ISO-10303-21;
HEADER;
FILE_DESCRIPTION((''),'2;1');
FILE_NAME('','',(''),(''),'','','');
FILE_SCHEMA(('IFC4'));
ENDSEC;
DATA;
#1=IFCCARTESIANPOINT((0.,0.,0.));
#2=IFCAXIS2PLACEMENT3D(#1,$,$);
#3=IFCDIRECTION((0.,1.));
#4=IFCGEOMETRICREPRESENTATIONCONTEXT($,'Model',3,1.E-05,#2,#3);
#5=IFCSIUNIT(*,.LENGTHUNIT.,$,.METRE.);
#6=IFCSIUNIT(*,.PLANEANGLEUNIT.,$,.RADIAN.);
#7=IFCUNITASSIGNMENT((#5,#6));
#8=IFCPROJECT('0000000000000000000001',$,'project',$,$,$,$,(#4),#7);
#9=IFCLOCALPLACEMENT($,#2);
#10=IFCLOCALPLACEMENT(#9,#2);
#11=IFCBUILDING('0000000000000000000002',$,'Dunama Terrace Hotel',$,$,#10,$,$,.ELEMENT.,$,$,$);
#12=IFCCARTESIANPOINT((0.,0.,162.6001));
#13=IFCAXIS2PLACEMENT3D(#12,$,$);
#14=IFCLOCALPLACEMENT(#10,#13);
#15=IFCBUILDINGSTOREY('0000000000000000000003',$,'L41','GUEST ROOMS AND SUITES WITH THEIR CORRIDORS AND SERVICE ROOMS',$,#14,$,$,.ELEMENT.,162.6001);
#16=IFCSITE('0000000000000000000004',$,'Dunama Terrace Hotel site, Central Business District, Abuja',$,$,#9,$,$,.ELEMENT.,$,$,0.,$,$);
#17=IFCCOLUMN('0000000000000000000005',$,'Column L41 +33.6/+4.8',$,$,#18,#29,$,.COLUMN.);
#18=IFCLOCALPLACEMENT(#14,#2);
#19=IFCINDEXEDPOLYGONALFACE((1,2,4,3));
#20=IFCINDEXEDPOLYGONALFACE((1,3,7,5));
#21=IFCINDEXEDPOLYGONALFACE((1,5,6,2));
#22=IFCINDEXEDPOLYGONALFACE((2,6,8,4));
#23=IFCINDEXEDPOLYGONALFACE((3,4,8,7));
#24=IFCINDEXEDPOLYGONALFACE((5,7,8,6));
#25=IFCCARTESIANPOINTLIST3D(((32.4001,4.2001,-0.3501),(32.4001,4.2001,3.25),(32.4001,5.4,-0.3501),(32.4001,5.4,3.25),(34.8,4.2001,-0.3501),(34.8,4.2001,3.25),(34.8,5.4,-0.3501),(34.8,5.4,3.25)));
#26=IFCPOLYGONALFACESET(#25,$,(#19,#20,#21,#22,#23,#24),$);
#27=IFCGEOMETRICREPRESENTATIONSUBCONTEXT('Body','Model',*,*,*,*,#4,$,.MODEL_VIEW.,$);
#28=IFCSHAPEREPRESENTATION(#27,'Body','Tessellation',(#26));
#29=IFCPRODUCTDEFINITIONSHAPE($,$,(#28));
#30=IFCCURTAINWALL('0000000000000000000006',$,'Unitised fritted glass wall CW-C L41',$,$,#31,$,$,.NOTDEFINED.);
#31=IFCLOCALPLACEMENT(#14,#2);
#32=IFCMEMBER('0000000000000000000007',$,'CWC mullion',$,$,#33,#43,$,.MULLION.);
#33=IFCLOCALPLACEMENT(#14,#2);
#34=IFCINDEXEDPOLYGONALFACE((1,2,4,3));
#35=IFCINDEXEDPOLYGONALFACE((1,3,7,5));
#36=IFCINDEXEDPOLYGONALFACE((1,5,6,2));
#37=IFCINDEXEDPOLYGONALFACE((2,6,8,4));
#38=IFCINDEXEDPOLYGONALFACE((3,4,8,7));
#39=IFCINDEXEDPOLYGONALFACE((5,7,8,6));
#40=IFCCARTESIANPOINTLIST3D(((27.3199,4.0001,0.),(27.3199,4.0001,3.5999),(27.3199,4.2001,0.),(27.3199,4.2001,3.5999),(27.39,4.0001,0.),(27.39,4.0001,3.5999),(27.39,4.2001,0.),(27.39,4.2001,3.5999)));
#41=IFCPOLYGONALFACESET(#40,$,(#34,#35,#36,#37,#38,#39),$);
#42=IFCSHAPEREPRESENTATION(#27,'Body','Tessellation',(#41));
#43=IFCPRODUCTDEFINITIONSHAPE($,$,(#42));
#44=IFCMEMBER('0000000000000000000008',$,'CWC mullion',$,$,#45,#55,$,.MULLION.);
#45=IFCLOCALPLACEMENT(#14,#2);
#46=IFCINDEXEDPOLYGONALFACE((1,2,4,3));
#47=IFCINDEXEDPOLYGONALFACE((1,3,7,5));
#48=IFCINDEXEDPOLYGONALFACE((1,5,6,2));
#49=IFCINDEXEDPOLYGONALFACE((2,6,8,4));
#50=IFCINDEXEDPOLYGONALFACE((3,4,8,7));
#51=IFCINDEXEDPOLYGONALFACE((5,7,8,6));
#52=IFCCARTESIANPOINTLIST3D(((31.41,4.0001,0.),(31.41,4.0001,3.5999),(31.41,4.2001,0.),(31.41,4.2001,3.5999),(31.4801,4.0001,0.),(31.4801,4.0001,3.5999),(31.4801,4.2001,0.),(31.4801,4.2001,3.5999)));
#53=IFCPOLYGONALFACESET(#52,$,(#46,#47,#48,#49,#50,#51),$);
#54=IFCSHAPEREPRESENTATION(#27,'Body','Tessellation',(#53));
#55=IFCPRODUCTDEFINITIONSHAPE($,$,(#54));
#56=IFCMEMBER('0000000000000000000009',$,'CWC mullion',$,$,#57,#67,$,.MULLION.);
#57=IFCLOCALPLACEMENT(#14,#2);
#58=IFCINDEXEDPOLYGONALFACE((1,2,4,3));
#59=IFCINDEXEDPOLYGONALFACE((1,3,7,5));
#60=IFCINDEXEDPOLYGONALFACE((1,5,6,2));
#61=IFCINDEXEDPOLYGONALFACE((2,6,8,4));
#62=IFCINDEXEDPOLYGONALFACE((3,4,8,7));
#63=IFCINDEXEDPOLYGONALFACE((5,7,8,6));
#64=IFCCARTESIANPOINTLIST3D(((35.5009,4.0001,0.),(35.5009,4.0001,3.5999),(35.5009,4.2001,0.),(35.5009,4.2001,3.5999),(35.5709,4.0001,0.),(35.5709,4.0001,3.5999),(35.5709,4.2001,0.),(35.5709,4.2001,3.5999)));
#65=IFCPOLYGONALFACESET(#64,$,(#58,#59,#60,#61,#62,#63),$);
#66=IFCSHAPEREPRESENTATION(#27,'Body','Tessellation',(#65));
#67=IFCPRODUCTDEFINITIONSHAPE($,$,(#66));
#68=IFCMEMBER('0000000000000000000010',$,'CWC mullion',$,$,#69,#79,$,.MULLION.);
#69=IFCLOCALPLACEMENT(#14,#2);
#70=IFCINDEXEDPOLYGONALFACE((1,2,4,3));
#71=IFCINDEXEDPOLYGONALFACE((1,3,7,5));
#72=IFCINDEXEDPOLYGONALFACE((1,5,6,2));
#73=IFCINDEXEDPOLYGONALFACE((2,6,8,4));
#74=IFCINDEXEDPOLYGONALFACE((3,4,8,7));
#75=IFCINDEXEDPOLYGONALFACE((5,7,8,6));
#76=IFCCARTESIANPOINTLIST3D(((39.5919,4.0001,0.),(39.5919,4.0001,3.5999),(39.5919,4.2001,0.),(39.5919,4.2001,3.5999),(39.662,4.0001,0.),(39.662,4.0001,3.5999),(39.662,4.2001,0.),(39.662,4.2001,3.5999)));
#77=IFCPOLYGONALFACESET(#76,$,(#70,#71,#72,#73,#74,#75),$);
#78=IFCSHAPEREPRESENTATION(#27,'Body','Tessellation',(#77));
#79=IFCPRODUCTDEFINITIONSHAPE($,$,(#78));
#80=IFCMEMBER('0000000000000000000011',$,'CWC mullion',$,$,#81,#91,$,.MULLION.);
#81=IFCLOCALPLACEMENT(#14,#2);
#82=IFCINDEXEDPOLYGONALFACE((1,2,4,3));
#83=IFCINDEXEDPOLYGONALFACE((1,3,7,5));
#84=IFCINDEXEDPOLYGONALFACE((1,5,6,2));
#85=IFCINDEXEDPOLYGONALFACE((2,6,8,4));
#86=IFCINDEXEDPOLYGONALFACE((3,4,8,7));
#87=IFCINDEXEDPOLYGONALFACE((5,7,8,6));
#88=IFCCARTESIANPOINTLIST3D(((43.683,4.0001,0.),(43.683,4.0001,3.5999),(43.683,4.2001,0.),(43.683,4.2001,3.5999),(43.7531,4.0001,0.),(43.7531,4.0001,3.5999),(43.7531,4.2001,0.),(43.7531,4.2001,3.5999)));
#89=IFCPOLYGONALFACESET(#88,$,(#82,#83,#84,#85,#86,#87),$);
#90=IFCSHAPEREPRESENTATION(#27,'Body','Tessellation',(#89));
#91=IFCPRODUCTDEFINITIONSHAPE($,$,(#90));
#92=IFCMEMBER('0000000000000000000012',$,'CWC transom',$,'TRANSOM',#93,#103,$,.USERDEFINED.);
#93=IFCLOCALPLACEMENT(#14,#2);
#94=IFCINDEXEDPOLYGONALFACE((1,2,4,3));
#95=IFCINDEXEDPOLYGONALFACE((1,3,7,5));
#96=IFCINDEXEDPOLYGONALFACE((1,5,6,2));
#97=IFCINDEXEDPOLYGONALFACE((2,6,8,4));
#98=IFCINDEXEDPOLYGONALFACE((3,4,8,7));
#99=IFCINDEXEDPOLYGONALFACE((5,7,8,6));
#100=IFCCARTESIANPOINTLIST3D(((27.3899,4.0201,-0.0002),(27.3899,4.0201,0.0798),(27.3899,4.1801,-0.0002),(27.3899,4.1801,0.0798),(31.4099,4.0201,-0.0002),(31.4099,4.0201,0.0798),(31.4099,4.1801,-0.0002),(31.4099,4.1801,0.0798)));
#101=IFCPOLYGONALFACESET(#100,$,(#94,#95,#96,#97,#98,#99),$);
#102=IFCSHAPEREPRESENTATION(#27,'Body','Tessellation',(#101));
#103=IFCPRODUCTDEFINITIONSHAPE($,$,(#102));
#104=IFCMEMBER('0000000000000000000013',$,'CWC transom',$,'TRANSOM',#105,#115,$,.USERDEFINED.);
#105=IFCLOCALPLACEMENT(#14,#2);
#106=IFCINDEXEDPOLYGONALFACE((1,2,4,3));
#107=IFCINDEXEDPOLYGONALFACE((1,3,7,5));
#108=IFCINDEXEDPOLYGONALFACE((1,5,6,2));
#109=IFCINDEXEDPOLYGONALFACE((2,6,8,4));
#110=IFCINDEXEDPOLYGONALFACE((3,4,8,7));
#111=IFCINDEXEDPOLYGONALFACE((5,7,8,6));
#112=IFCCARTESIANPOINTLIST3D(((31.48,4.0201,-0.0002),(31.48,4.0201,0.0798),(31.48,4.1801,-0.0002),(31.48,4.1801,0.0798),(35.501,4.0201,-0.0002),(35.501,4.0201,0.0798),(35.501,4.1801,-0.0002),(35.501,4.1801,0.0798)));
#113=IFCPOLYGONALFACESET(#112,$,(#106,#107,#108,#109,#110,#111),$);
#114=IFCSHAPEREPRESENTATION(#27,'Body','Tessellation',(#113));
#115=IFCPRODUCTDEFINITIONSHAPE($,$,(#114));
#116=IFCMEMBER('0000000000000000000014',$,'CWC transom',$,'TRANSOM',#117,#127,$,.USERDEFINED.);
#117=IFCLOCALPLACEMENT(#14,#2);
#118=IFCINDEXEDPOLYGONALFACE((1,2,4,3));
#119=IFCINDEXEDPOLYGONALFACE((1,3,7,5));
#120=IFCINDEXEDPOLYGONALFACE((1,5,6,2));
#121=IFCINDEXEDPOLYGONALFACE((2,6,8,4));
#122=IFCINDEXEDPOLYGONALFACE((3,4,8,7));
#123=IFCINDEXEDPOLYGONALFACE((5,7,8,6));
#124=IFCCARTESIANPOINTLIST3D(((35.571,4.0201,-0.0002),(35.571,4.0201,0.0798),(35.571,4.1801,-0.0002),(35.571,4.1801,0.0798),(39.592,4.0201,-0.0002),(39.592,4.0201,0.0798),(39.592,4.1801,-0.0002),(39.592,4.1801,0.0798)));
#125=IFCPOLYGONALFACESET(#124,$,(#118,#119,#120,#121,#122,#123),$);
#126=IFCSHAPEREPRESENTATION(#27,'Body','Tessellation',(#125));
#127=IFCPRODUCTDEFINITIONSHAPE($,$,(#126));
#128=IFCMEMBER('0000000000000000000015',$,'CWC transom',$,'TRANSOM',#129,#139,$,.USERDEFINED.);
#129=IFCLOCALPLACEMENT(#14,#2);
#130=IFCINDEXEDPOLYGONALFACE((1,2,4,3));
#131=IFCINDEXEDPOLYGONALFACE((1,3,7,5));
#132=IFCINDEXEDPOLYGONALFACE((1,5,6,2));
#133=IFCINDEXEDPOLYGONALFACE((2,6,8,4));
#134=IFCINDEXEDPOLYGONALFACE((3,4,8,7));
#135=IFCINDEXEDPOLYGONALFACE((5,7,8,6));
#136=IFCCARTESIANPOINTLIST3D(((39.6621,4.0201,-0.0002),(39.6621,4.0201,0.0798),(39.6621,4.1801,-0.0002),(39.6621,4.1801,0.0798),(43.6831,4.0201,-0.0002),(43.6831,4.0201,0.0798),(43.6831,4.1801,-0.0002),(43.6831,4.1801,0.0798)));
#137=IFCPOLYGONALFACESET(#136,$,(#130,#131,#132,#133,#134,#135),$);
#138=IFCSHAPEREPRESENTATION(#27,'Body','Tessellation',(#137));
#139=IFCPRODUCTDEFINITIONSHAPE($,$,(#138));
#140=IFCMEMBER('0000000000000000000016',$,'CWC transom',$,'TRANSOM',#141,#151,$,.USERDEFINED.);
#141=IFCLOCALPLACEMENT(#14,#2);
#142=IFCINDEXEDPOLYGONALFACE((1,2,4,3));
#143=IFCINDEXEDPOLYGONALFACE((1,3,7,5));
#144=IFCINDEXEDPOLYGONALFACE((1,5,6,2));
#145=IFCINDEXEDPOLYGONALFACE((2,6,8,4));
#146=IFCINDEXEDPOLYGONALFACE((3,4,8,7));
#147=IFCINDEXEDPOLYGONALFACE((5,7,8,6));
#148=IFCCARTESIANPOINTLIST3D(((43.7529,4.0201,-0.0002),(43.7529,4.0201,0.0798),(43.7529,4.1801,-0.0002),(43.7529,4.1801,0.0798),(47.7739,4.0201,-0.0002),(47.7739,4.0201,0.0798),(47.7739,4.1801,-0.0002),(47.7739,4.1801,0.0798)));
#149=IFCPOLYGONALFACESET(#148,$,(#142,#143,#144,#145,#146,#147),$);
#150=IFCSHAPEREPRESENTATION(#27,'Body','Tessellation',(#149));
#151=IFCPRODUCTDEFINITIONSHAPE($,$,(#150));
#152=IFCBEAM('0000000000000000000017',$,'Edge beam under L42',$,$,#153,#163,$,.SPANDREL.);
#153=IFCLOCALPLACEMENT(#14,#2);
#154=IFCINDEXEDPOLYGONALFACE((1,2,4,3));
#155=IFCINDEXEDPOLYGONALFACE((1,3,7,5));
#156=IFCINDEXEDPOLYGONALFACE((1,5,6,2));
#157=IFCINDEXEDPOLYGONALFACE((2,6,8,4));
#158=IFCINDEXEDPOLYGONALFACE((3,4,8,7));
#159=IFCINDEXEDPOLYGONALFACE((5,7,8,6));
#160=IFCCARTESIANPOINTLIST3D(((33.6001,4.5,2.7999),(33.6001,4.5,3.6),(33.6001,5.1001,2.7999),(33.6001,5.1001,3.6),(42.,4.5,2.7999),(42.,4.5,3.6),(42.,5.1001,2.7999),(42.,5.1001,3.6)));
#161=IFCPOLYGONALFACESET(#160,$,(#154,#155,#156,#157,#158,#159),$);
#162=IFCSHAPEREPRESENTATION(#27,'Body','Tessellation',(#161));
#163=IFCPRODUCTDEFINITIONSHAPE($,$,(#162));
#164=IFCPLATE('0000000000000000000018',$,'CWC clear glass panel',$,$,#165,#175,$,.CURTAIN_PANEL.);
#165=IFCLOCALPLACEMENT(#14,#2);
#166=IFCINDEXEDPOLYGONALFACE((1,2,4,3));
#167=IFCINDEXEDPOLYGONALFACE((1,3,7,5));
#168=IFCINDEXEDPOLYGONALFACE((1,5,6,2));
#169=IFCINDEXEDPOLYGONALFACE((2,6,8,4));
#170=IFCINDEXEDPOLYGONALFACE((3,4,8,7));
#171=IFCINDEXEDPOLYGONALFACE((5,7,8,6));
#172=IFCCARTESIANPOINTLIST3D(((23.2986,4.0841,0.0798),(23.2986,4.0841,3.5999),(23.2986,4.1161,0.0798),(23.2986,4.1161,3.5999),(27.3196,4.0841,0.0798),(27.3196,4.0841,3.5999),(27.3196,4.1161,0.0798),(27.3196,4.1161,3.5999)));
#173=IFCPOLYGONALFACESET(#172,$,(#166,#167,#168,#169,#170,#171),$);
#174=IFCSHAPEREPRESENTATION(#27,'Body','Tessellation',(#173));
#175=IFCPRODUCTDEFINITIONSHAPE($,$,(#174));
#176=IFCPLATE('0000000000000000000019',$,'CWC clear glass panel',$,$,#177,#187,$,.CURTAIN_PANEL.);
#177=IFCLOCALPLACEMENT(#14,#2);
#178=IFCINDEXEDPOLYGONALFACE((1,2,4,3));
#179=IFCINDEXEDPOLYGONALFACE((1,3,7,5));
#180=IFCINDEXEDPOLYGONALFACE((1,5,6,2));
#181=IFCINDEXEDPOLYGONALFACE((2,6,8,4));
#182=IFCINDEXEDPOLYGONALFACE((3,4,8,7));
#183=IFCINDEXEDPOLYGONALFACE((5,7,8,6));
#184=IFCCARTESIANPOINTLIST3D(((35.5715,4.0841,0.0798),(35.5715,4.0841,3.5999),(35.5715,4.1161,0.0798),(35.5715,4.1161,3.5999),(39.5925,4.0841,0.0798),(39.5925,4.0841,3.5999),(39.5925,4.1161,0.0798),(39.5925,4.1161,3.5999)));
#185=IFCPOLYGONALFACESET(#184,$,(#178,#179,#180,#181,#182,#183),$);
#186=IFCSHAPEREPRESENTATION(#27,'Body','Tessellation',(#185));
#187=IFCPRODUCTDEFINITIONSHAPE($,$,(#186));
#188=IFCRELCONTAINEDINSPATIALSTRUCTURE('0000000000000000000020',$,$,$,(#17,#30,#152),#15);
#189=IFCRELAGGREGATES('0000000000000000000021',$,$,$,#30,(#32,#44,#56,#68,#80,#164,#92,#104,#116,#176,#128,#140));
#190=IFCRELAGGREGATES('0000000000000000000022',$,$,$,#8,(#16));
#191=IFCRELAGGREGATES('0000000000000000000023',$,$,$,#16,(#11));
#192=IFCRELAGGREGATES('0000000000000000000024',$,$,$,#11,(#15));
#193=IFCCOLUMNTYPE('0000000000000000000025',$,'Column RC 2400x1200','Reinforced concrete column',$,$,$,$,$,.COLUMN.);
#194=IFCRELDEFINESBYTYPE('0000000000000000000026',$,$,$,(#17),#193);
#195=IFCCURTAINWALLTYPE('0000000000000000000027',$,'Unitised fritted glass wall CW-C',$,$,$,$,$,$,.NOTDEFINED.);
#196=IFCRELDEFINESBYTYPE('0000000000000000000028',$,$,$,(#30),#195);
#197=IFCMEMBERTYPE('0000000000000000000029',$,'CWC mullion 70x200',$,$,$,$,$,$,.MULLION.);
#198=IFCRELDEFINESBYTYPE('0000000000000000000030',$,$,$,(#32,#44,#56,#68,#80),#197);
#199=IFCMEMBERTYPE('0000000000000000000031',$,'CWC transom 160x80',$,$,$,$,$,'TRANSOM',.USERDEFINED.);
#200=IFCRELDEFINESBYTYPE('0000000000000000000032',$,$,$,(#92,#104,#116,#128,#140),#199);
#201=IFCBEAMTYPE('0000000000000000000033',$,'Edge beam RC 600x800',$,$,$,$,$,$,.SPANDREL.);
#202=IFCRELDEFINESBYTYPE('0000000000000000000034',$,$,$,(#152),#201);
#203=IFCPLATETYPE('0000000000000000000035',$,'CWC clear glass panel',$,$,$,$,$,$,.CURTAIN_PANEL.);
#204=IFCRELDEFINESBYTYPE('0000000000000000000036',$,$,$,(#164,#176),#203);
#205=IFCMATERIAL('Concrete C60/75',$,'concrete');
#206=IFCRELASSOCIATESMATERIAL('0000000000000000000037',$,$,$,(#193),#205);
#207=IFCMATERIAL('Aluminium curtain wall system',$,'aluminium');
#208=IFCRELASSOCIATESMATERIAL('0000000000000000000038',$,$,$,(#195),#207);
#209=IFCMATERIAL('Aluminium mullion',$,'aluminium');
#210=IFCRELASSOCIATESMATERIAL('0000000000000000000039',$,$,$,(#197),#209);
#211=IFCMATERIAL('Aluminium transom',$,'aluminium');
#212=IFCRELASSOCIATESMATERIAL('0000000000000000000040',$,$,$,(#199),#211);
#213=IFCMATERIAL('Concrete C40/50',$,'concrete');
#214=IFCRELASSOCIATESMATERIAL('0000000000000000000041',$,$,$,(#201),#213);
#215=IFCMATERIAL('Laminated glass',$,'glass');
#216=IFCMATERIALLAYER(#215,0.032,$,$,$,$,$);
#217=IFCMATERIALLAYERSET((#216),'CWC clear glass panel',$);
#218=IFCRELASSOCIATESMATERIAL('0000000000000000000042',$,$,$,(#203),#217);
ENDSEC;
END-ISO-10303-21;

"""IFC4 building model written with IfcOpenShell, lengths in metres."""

from ifc_helpers import new_model, si_unit, direction, frame, origin, origin_2d, place, context, subcontext, project, spatial, rectangle, extrude, material, layer, layer_set, material_profile, profile_set, type_object, element, aggregate, save


model = new_model("IFC4")

# Units and contexts
model_context = context("Model", 3, precision=1e-05, world=origin(), true_north=direction((0.0, 1.0)))
body_context = subcontext(model_context, "Body", "Model", "MODEL_VIEW")
ifc_project = project(units=[si_unit("LENGTHUNIT", "METRE"), si_unit("PLANEANGLEUNIT", "RADIAN")], contexts=[model_context])

# Site, building, storey
site_placement = place(None, origin())
site = spatial("IfcSite", under=ifc_project, at=site_placement, Name="Dunama Terrace Hotel site, Central Business District, Abuja", CompositionType="ELEMENT", RefElevation=0.0)
building_placement = place(site_placement, origin())
building = spatial("IfcBuilding", under=site, at=building_placement, Name="Dunama Terrace Hotel", CompositionType="ELEMENT")
storey_placement = place(building_placement, frame((0.0, 0.0, 162.6001)))
storey = spatial("IfcBuildingStorey", under=building, at=storey_placement, Name="L41", Description="GUEST ROOMS AND SUITES WITH THEIR CORRIDORS AND SERVICE ROOMS", CompositionType="ELEMENT", Elevation=162.6001)

# Column
ifc_material_1 = material(Name="Concrete C60/75", Category="concrete")
ifc_material_profile_1 = material_profile(ifc_material_1, rectangle(XDim=2.3999, YDim=1.2, at=origin_2d()), Name="RC 2400x1200")
ifc_profile_set_1 = profile_set([ifc_material_profile_1], Name="Concrete C60/75")
column_type = type_object("IfcColumnType", Name="Column RC 2400x1200", Description="Reinforced concrete column", PredefinedType="COLUMN", material=ifc_profile_set_1)
column_placement = place(storey_placement, frame((33.6001, 4.8, -0.3501), z_axis=(0.0, 0.0, 1.0), x_axis=(1.0, 0.0, 0.0)))
element("IfcColumn", 1, at=column_placement, inside=storey, type_object=column_type, Name="Column L41 +33.6/+4.8", PredefinedType="COLUMN", context=body_context, shape_type="SweptSolid", body=[
    extrude(rectangle(XDim=2.3999, YDim=1.2, at=origin_2d()), origin(), (0.0, 0.0, 1.0), 3.6001),
])

# Curtain wall, members
ifc_material_2 = material(Name="Aluminium curtain wall system", Category="aluminium")
curtain_wall_type = type_object("IfcCurtainWallType", Name="Unitised fritted glass wall CW-C", PredefinedType="NOTDEFINED", material=ifc_material_2)
curtain_wall_placement = place(storey_placement, origin())
curtain_wall = element("IfcCurtainWall", 2, at=curtain_wall_placement, inside=storey, type_object=curtain_wall_type, Name="Unitised fritted glass wall CW-C L41", PredefinedType="NOTDEFINED")
ifc_material_3 = material(Name="Aluminium mullion", Category="aluminium")
ifc_material_profile_2 = material_profile(ifc_material_3, rectangle(XDim=0.0701, YDim=0.2, at=origin_2d()), Name="CWC MULLION 70X200")
ifc_profile_set_2 = profile_set([ifc_material_profile_2], Name="Aluminium mullion")
member_type_1 = type_object("IfcMemberType", Name="CWC mullion 70x200", PredefinedType="MULLION", material=ifc_profile_set_2)
member_1_placement = place(storey_placement, frame((27.355, 4.1001, 0.0), z_axis=(0.0, 0.0, 1.0), x_axis=(1.0, 0.0, 0.0)))
member_1 = element("IfcMember", 3, at=member_1_placement, type_object=member_type_1, Name="CWC mullion", PredefinedType="MULLION", context=body_context, shape_type="SweptSolid", body=[
    extrude(rectangle(XDim=0.0701, YDim=0.2, at=origin_2d()), origin(), (0.0, 0.0, 1.0), 3.5999),
])
member_2_placement = place(storey_placement, frame((31.4451, 4.1001, 0.0), z_axis=(0.0, 0.0, 1.0), x_axis=(1.0, 0.0, 0.0)))
member_2 = element("IfcMember", 4, at=member_2_placement, type_object=member_type_1, Name="CWC mullion", PredefinedType="MULLION", context=body_context, shape_type="SweptSolid", body=[
    extrude(rectangle(XDim=0.0701, YDim=0.2, at=origin_2d()), origin(), (0.0, 0.0, 1.0), 3.5999),
])
member_3_placement = place(storey_placement, frame((35.5359, 4.1001, 0.0), z_axis=(0.0, 0.0, 1.0), x_axis=(1.0, 0.0, 0.0)))
member_3 = element("IfcMember", 5, at=member_3_placement, type_object=member_type_1, Name="CWC mullion", PredefinedType="MULLION", context=body_context, shape_type="SweptSolid", body=[
    extrude(rectangle(XDim=0.0701, YDim=0.2, at=origin_2d()), origin(), (0.0, 0.0, 1.0), 3.5999),
])
member_4_placement = place(storey_placement, frame((39.627, 4.1001, 0.0), z_axis=(0.0, 0.0, 1.0), x_axis=(1.0, 0.0, 0.0)))
member_4 = element("IfcMember", 6, at=member_4_placement, type_object=member_type_1, Name="CWC mullion", PredefinedType="MULLION", context=body_context, shape_type="SweptSolid", body=[
    extrude(rectangle(XDim=0.0701, YDim=0.2, at=origin_2d()), origin(), (0.0, 0.0, 1.0), 3.5999),
])
member_5_placement = place(storey_placement, frame((43.718, 4.1001, 0.0), z_axis=(0.0, 0.0, 1.0), x_axis=(1.0, 0.0, 0.0)))
member_5 = element("IfcMember", 7, at=member_5_placement, type_object=member_type_1, Name="CWC mullion", PredefinedType="MULLION", context=body_context, shape_type="SweptSolid", body=[
    extrude(rectangle(XDim=0.0701, YDim=0.2, at=origin_2d()), origin(), (0.0, 0.0, 1.0), 3.5999),
])
ifc_material_4 = material(Name="Aluminium transom", Category="aluminium")
ifc_material_profile_3 = material_profile(ifc_material_4, rectangle(XDim=0.1599, YDim=0.0801, at=origin_2d()), Name="CWC TRANSOM 160X80")
ifc_profile_set_3 = profile_set([ifc_material_profile_3], Name="Aluminium transom")
member_type_2 = type_object("IfcMemberType", Name="CWC transom 160x80", ElementType="TRANSOM", PredefinedType="USERDEFINED", material=ifc_profile_set_3)
member_6_placement = place(storey_placement, frame((27.3899, 4.1001, 0.0398), z_axis=(1.0, 0.0, 0.0), x_axis=(0.0, 1.0, 0.0)))
member_6 = element("IfcMember", 8, at=member_6_placement, type_object=member_type_2, Name="CWC transom", ObjectType="TRANSOM", PredefinedType="USERDEFINED", context=body_context, shape_type="SweptSolid", body=[
    extrude(rectangle(XDim=0.1599, YDim=0.0801, at=origin_2d()), origin(), (0.0, 0.0, 1.0), 4.02),
])
member_7_placement = place(storey_placement, frame((31.48, 4.1001, 0.0398), z_axis=(1.0, 0.0, 0.0), x_axis=(0.0, 1.0, 0.0)))
member_7 = element("IfcMember", 9, at=member_7_placement, type_object=member_type_2, Name="CWC transom", ObjectType="TRANSOM", PredefinedType="USERDEFINED", context=body_context, shape_type="SweptSolid", body=[
    extrude(rectangle(XDim=0.1599, YDim=0.0801, at=origin_2d()), origin(), (0.0, 0.0, 1.0), 4.021),
])
member_8_placement = place(storey_placement, frame((35.571, 4.1001, 0.0398), z_axis=(1.0, 0.0, 0.0), x_axis=(0.0, 1.0, 0.0)))
member_8 = element("IfcMember", 10, at=member_8_placement, type_object=member_type_2, Name="CWC transom", ObjectType="TRANSOM", PredefinedType="USERDEFINED", context=body_context, shape_type="SweptSolid", body=[
    extrude(rectangle(XDim=0.1599, YDim=0.0801, at=origin_2d()), origin(), (0.0, 0.0, 1.0), 4.021),
])
member_9_placement = place(storey_placement, frame((39.6621, 4.1001, 0.0398), z_axis=(1.0, 0.0, 0.0), x_axis=(0.0, 1.0, 0.0)))
member_9 = element("IfcMember", 11, at=member_9_placement, type_object=member_type_2, Name="CWC transom", ObjectType="TRANSOM", PredefinedType="USERDEFINED", context=body_context, shape_type="SweptSolid", body=[
    extrude(rectangle(XDim=0.1599, YDim=0.0801, at=origin_2d()), origin(), (0.0, 0.0, 1.0), 4.021),
])
member_10_placement = place(storey_placement, frame((43.7529, 4.1001, 0.0398), z_axis=(1.0, 0.0, 0.0), x_axis=(0.0, 1.0, 0.0)))
member_10 = element("IfcMember", 12, at=member_10_placement, type_object=member_type_2, Name="CWC transom", ObjectType="TRANSOM", PredefinedType="USERDEFINED", context=body_context, shape_type="SweptSolid", body=[
    extrude(rectangle(XDim=0.1599, YDim=0.0801, at=origin_2d()), origin(), (0.0, 0.0, 1.0), 4.021),
])

# Beam
ifc_material_5 = material(Name="Concrete C40/50", Category="concrete")
ifc_material_profile_4 = material_profile(ifc_material_5, rectangle(XDim=0.6001, YDim=0.8, at=origin_2d()), Name="RC 600x800")
ifc_profile_set_4 = profile_set([ifc_material_profile_4], Name="Concrete C40/50")
beam_type = type_object("IfcBeamType", Name="Edge beam RC 600x800", PredefinedType="SPANDREL", material=ifc_profile_set_4)
beam_placement = place(storey_placement, frame((33.6001, 4.8, 3.2), z_axis=(1.0, 0.0, 0.0), x_axis=(0.0, 1.0, 0.0)))
element("IfcBeam", 13, at=beam_placement, inside=storey, type_object=beam_type, Name="Edge beam under L42", PredefinedType="SPANDREL", context=body_context, shape_type="SweptSolid", body=[
    extrude(rectangle(XDim=0.6001, YDim=0.8, at=origin_2d()), origin(), (0.0, 0.0, 1.0), 8.3999),
])

# Plates
ifc_material_6 = material(Name="Laminated glass", Category="glass")
ifc_layer_1 = layer(ifc_material_6, 0.032)
ifc_layer_set_1 = layer_set([ifc_layer_1], Name="CWC clear glass panel")
plate_type_1 = type_object("IfcPlateType", Name="CWC clear glass panel", PredefinedType="CURTAIN_PANEL", material=ifc_layer_set_1)
plate_1_placement = place(storey_placement, frame((25.3091, 4.1001, 0.0798), z_axis=(0.0, 0.0, 1.0), x_axis=(1.0, 0.0, 0.0)))
plate_1 = element("IfcPlate", 14, at=plate_1_placement, type_object=plate_type_1, Name="CWC clear glass panel", PredefinedType="CURTAIN_PANEL", context=body_context, shape_type="SweptSolid", body=[
    extrude(rectangle(XDim=4.021, YDim=0.032, at=origin_2d()), origin(), (0.0, 0.0, 1.0), 3.52),
])
plate_2_placement = place(storey_placement, frame((37.582, 4.1001, 0.0798), z_axis=(0.0, 0.0, 1.0), x_axis=(1.0, 0.0, 0.0)))
plate_2 = element("IfcPlate", 15, at=plate_2_placement, type_object=plate_type_1, Name="CWC clear glass panel", PredefinedType="CURTAIN_PANEL", context=body_context, shape_type="SweptSolid", body=[
    extrude(rectangle(XDim=4.021, YDim=0.032, at=origin_2d()), origin(), (0.0, 0.0, 1.0), 3.52),
])
aggregate(curtain_wall, [member_1, member_2, member_3, member_4, member_5, plate_1, member_6, member_7, member_8, plate_2, member_9, member_10])

save(model, "model.ifc")
